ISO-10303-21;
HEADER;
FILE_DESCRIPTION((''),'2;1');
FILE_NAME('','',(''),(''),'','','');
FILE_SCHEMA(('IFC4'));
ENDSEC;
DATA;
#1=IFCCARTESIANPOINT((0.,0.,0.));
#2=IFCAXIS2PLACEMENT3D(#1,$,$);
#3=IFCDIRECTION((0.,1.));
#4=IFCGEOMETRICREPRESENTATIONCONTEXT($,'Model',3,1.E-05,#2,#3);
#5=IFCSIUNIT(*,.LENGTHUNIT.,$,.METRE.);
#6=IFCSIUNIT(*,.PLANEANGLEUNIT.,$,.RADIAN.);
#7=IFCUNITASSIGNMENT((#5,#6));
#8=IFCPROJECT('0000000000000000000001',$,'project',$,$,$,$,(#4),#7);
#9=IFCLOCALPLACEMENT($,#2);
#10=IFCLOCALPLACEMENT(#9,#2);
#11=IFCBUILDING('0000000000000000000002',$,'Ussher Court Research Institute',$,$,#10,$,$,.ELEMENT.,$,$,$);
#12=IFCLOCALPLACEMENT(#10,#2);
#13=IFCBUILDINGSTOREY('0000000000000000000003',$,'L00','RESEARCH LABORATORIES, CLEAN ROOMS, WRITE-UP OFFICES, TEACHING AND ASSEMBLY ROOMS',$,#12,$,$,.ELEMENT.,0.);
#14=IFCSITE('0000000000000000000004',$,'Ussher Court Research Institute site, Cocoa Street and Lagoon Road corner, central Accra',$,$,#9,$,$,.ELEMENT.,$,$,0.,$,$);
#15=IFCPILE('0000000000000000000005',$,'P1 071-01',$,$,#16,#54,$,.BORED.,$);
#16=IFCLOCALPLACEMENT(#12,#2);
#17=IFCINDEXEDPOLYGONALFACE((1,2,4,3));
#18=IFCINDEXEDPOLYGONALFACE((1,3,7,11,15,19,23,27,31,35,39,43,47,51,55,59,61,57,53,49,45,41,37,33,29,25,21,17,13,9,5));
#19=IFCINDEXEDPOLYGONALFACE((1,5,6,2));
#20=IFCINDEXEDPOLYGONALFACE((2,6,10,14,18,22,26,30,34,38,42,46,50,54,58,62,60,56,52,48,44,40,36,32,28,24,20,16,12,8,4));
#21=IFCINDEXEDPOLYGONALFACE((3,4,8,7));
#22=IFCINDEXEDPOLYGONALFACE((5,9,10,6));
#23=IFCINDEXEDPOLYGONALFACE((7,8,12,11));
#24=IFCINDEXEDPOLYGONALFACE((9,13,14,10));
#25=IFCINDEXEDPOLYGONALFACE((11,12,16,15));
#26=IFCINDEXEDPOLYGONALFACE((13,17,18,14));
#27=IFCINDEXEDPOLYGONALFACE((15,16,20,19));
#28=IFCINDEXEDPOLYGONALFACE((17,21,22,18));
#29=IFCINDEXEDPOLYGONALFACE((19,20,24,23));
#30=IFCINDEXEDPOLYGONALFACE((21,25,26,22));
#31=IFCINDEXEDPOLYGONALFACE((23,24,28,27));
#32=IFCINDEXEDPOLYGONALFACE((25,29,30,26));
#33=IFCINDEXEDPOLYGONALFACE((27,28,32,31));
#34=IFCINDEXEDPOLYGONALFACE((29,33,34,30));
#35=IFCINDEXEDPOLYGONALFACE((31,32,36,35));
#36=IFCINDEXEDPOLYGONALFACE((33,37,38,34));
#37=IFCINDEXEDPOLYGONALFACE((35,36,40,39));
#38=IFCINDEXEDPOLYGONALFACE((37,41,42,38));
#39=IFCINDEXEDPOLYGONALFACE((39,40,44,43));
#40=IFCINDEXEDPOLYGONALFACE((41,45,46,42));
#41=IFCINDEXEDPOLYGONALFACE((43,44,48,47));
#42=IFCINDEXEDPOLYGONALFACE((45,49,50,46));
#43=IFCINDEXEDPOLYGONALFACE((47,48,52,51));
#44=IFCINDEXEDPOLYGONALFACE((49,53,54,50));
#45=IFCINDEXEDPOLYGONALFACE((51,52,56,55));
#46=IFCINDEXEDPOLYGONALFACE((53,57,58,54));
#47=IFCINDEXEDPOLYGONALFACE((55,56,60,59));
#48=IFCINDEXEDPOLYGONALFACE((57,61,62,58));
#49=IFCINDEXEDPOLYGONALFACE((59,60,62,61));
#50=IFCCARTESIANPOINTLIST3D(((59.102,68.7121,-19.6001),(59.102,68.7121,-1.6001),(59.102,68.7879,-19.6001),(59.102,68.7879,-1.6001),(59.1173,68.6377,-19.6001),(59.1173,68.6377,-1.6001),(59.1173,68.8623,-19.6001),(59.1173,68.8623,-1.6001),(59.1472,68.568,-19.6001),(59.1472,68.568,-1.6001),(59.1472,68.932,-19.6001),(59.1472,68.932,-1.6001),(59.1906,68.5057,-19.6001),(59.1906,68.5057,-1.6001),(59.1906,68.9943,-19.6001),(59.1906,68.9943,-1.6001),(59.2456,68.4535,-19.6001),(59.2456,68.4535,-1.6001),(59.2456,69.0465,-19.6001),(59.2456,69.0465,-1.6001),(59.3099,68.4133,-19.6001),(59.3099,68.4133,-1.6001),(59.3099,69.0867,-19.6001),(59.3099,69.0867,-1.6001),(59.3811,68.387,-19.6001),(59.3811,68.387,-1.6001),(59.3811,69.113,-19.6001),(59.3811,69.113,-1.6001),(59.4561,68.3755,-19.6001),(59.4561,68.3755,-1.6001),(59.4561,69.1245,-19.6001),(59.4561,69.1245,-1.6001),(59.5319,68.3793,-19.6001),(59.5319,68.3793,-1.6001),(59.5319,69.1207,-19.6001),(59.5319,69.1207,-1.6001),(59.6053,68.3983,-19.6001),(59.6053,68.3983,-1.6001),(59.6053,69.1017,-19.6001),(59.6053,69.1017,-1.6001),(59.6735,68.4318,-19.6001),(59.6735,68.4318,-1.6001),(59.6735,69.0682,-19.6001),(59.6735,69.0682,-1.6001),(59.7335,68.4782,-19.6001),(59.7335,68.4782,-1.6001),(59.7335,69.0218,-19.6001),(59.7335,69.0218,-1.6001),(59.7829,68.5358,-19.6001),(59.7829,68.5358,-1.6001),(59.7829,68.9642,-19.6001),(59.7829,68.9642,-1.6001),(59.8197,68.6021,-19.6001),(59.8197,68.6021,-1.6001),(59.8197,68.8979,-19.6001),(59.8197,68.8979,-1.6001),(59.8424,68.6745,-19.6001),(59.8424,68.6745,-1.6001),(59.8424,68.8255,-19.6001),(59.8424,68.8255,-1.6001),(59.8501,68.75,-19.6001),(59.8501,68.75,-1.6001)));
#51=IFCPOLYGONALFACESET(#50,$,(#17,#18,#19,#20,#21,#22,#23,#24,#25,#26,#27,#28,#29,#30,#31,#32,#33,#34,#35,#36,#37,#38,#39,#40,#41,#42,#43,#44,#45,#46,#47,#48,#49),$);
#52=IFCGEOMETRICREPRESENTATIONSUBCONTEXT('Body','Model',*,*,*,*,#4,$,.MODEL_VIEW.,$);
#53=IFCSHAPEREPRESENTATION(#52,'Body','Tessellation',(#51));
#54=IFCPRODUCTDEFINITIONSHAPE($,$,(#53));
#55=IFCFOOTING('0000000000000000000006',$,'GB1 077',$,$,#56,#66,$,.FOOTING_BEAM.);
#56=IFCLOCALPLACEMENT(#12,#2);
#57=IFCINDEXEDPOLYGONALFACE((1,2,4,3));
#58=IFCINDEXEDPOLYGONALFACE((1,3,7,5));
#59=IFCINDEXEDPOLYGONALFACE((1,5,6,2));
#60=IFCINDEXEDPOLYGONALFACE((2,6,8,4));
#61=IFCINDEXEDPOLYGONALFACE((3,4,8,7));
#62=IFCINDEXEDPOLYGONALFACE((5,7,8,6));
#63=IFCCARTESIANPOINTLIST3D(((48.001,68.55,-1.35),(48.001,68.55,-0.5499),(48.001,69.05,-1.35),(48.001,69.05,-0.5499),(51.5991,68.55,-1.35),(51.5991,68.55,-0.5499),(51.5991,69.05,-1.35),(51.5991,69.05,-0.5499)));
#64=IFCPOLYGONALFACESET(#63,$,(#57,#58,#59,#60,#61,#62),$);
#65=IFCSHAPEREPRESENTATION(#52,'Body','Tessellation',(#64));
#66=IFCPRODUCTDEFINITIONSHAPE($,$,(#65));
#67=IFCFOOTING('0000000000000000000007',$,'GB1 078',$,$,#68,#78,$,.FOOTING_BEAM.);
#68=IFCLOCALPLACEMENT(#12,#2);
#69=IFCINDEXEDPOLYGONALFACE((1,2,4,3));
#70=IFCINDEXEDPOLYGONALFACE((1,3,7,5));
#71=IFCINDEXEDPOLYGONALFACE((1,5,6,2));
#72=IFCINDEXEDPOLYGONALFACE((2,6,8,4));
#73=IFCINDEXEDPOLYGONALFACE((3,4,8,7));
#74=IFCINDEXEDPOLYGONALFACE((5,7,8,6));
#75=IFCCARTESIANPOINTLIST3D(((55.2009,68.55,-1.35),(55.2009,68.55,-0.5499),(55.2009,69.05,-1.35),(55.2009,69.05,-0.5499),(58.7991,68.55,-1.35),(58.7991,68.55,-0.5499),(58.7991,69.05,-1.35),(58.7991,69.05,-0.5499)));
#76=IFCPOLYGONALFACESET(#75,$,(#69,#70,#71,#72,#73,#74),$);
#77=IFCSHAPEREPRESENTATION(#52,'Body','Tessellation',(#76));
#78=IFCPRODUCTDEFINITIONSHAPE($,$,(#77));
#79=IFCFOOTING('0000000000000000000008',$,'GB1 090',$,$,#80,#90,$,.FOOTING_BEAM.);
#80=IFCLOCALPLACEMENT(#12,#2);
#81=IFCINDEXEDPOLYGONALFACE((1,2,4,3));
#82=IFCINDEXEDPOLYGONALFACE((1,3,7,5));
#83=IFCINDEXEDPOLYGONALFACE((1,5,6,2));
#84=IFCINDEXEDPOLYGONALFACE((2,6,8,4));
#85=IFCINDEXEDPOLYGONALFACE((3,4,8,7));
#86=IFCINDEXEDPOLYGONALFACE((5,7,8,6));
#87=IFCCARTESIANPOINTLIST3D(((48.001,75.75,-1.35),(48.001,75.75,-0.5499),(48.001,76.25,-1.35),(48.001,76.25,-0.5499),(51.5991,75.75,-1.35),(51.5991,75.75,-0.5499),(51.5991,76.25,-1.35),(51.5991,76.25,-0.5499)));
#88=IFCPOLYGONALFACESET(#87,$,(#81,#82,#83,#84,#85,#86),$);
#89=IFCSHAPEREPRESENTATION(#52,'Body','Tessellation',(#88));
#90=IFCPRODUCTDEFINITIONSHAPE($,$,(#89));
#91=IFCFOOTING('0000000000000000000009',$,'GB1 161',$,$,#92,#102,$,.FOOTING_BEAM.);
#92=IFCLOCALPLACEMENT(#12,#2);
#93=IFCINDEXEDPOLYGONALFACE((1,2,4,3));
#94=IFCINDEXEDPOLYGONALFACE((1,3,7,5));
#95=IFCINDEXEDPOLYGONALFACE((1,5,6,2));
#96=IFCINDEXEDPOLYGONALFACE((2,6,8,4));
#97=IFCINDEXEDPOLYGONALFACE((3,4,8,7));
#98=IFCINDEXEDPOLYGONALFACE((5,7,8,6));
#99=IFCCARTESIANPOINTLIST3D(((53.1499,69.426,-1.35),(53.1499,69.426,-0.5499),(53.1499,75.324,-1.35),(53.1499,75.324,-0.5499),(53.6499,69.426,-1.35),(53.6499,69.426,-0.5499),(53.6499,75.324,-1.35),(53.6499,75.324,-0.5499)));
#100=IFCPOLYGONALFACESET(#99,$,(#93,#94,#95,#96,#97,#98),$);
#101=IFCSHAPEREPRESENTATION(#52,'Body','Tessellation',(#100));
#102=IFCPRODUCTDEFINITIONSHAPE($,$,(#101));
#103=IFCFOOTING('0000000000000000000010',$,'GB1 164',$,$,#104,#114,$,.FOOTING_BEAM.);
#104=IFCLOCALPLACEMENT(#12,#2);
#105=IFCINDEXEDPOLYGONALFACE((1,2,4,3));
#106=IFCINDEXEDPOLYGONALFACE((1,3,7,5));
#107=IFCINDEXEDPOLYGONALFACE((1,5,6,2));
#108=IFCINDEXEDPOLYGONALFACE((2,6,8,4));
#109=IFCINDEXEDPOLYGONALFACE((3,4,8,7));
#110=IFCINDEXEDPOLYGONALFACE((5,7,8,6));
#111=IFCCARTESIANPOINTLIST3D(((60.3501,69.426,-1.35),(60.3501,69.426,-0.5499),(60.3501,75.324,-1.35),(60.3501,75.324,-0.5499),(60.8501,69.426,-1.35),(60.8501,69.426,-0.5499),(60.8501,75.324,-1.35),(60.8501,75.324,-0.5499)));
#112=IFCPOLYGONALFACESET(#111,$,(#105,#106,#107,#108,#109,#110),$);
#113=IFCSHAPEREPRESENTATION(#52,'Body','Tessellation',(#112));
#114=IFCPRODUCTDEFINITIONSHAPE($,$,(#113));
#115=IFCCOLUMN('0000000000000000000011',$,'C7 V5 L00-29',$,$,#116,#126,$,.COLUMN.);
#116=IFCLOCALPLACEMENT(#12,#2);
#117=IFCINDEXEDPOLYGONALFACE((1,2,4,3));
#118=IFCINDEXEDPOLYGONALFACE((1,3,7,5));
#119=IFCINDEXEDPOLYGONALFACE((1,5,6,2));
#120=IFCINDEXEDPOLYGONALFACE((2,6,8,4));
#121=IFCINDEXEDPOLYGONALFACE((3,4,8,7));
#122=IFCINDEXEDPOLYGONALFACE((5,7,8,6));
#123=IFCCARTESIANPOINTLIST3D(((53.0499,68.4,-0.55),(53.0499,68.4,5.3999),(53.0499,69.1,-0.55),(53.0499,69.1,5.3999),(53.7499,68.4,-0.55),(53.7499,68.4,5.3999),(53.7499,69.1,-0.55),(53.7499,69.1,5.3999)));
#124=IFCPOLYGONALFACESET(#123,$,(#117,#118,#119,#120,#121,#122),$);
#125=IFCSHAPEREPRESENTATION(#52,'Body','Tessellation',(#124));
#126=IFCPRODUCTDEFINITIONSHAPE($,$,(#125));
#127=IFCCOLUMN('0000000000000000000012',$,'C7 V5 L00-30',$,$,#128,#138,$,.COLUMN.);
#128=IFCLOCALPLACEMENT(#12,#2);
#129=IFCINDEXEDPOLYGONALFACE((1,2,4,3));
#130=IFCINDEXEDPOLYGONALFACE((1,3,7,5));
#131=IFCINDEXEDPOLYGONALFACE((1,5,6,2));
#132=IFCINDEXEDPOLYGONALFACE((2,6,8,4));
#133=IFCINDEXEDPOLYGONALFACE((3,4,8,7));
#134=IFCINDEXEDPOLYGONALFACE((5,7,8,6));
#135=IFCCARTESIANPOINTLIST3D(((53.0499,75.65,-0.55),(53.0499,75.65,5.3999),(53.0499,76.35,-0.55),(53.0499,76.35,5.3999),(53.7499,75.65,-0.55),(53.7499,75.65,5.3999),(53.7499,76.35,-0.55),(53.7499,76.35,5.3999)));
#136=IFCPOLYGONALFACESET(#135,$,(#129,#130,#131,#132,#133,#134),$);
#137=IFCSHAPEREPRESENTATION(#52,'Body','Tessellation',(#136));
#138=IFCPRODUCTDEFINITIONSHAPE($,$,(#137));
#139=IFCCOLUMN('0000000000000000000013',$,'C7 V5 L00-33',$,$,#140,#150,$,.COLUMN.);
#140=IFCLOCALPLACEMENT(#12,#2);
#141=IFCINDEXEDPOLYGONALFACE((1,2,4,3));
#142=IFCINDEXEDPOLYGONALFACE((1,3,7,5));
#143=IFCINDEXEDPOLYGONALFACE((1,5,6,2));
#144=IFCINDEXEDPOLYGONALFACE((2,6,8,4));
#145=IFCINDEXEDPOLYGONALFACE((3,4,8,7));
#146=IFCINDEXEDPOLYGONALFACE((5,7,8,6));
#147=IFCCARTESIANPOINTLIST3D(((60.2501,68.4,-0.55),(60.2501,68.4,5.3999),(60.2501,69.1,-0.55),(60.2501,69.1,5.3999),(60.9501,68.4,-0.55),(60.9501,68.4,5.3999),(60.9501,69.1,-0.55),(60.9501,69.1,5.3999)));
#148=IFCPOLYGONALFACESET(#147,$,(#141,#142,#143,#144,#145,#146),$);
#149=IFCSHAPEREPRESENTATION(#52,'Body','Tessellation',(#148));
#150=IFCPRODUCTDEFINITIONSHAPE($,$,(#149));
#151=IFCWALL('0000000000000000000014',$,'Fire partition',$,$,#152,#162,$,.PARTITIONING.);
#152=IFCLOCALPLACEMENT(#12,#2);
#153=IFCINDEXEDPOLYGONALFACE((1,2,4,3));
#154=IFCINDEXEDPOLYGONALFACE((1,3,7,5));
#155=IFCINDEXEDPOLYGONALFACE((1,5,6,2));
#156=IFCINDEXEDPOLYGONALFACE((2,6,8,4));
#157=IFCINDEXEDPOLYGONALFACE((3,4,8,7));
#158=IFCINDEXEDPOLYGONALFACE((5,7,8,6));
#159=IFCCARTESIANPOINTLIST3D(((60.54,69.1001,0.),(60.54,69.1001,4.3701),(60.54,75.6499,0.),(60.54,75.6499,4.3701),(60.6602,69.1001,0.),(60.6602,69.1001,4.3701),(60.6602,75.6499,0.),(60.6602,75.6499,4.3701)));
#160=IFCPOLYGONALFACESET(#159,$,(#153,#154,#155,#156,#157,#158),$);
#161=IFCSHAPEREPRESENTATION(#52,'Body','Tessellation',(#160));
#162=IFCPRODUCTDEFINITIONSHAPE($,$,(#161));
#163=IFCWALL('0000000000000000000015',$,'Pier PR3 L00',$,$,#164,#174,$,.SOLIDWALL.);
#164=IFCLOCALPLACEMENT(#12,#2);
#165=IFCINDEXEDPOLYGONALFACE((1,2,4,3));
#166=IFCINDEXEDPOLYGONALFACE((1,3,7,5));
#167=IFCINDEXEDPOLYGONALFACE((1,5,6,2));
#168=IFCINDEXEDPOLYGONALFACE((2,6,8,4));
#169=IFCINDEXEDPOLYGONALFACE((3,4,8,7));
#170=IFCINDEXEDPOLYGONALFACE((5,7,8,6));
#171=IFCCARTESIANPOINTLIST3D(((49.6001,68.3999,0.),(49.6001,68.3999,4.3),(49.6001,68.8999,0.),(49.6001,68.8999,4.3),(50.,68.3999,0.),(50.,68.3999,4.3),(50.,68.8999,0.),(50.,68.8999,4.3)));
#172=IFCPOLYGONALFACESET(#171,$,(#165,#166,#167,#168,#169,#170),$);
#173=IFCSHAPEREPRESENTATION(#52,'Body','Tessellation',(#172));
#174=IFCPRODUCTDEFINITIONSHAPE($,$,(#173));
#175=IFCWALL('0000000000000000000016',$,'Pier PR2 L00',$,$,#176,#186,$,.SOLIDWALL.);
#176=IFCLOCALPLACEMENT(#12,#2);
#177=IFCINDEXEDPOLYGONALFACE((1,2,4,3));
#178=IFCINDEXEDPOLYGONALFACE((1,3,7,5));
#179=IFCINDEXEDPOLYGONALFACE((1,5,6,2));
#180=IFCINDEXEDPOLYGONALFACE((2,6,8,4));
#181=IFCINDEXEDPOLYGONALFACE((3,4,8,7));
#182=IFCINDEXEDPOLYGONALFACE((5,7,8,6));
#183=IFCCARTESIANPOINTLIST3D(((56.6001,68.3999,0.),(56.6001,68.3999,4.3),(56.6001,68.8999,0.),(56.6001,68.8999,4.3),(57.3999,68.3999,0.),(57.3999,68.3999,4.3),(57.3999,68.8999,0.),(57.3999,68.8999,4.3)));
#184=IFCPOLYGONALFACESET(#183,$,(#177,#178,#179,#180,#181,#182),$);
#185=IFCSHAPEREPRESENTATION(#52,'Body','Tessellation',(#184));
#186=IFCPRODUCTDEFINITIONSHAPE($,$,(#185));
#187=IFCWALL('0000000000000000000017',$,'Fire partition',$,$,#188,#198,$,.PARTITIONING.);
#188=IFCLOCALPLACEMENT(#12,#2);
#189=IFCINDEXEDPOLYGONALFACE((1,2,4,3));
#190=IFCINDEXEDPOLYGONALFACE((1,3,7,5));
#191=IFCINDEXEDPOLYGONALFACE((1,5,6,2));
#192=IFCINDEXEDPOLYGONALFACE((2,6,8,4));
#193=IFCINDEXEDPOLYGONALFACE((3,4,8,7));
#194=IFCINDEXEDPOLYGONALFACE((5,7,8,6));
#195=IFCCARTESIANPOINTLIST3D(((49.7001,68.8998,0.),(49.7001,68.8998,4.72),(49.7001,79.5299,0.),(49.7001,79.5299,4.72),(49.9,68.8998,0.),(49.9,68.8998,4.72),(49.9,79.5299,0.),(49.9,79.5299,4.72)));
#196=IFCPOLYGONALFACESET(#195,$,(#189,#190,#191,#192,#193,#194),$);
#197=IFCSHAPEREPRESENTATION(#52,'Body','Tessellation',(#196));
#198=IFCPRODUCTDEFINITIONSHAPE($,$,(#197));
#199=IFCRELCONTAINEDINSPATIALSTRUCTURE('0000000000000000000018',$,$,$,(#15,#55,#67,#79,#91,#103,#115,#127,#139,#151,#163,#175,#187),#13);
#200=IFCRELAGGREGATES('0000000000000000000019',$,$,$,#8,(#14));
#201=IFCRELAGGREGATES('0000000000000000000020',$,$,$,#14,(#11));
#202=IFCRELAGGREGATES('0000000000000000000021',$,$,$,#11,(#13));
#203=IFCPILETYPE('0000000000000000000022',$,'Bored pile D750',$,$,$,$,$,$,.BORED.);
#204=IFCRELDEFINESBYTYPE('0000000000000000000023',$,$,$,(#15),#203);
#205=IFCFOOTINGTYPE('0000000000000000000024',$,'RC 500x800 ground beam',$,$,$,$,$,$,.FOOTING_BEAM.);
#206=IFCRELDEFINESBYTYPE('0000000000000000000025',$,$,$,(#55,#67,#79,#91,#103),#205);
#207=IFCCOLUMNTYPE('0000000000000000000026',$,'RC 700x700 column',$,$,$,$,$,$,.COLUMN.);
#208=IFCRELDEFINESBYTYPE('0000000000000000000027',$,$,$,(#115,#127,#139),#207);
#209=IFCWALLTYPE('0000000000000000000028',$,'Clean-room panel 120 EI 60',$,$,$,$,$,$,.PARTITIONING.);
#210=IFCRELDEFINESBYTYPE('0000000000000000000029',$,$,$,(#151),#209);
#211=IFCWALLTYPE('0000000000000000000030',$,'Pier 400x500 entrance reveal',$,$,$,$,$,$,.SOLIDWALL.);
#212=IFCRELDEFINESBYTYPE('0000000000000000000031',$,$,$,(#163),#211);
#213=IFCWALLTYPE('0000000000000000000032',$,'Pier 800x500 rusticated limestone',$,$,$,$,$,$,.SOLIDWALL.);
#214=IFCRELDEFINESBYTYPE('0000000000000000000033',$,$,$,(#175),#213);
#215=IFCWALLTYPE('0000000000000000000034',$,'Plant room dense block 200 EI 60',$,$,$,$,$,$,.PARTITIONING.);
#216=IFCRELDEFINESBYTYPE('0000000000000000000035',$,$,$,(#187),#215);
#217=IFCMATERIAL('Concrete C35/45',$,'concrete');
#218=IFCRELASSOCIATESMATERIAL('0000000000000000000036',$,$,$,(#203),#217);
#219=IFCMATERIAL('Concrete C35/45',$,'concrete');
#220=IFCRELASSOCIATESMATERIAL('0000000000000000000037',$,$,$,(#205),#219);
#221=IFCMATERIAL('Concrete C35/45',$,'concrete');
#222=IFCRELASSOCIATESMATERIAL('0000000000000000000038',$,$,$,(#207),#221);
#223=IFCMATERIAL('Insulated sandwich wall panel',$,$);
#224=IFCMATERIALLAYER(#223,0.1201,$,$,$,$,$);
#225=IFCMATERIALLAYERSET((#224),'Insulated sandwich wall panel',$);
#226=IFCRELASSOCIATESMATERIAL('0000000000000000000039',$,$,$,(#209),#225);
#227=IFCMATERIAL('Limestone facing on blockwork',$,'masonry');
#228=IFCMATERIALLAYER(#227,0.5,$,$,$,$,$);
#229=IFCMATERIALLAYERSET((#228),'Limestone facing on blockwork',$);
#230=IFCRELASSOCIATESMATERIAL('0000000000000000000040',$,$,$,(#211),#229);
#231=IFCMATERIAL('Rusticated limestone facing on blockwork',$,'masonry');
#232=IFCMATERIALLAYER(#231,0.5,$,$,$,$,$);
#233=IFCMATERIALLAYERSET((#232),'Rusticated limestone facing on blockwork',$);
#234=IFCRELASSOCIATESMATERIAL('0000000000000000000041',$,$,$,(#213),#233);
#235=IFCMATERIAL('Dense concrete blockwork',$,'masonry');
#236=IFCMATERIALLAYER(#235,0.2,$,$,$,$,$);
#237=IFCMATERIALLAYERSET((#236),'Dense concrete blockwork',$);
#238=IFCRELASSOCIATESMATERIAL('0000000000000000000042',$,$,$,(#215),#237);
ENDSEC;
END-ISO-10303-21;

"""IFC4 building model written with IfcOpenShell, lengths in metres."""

from ifc_helpers import new_model, si_unit, direction, frame, frame_2d, origin, origin_2d, place, context, subcontext, project, spatial, rectangle, circle, extrude, material, layer, layer_set, material_profile, profile_set, type_object, element, save


model = new_model("IFC4")

# Units and contexts
model_context = context("Model", 3, precision=1e-05, world=origin(), true_north=direction((0.0, 1.0)))
body_context = subcontext(model_context, "Body", "Model", "MODEL_VIEW")
ifc_project = project(units=[si_unit("LENGTHUNIT", "METRE"), si_unit("PLANEANGLEUNIT", "RADIAN")], contexts=[model_context])

# Site, building, storey
site_placement = place(None, origin())
site = spatial("IfcSite", under=ifc_project, at=site_placement, Name="Ussher Court Research Institute site, Cocoa Street and Lagoon Road corner, central Accra", CompositionType="ELEMENT", RefElevation=0.0)
building_placement = place(site_placement, origin())
building = spatial("IfcBuilding", under=site, at=building_placement, Name="Ussher Court Research Institute", CompositionType="ELEMENT")
storey_placement = place(building_placement, origin())
storey = spatial("IfcBuildingStorey", under=building, at=storey_placement, Name="L00", Description="RESEARCH LABORATORIES, CLEAN ROOMS, WRITE-UP OFFICES, TEACHING AND ASSEMBLY ROOMS", CompositionType="ELEMENT", Elevation=0.0)

# Pile
ifc_material_1 = material(Name="Concrete C35/45", Category="concrete")
ifc_material_profile_1 = material_profile(ifc_material_1, circle(Radius=0.375, at=origin_2d()), Name="RC D750")
ifc_profile_set_1 = profile_set([ifc_material_profile_1], Name="Concrete C35/45")
pile_type = type_object("IfcPileType", Name="Bored pile D750", PredefinedType="BORED", material=ifc_profile_set_1)
for number, where, z_axis, x_axis, name in (
    (1, (59.4751, 68.75, -1.6001), (0.0, 0.0, -1.0), (1.0, 0.0, 0.0), "P1 071-01"),
):
    element("IfcPile", number, at=place(storey_placement, frame(where, z_axis=z_axis, x_axis=x_axis)), inside=storey, type_object=pile_type, Name=name, PredefinedType="BORED", context=body_context, shape_type="SweptSolid", body=[
        extrude(circle(Radius=0.375, at=origin_2d()), origin(), (0.0, 0.0, 1.0), 18.0),
    ])

# Footings
ifc_material_2 = material(Name="Concrete C35/45", Category="concrete")
ifc_material_profile_2 = material_profile(ifc_material_2, rectangle(XDim=0.5, YDim=0.8, at=origin_2d()), Name="RC 500x800")
ifc_profile_set_2 = profile_set([ifc_material_profile_2], Name="Concrete C35/45")
footing_type = type_object("IfcFootingType", Name="RC 500x800 ground beam", PredefinedType="FOOTING_BEAM", material=ifc_profile_set_2)
for number, where, z_axis, x_axis, name in (
    (2, (48.001, 68.8, -0.95), (1.0, 0.0, 0.0), (0.0, 1.0, 0.0), "GB1 077"),
    (3, (55.2009, 68.8, -0.95), (1.0, 0.0, 0.0), (0.0, 1.0, 0.0), "GB1 078"),
    (4, (48.001, 76.0, -0.95), (1.0, 0.0, 0.0), (0.0, 1.0, 0.0), "GB1 090"),
):
    element("IfcFooting", number, at=place(storey_placement, frame(where, z_axis=z_axis, x_axis=x_axis)), inside=storey, type_object=footing_type, Name=name, PredefinedType="FOOTING_BEAM", context=body_context, shape_type="SweptSolid", body=[
        extrude(rectangle(XDim=0.5, YDim=0.8, at=origin_2d()), origin(), (0.0, 0.0, 1.0), 3.5981),
    ])
for number, where, z_axis, x_axis, name in (
    (5, (53.3999, 69.426, -0.95), (0.0, 1.0, 0.0), (-1.0, 0.0, 0.0), "GB1 161"),
    (6, (60.6001, 69.426, -0.95), (0.0, 1.0, 0.0), (-1.0, 0.0, 0.0), "GB1 164"),
):
    element("IfcFooting", number, at=place(storey_placement, frame(where, z_axis=z_axis, x_axis=x_axis)), inside=storey, type_object=footing_type, Name=name, PredefinedType="FOOTING_BEAM", context=body_context, shape_type="SweptSolid", body=[
        extrude(rectangle(XDim=0.5, YDim=0.8, at=origin_2d()), origin(), (0.0, 0.0, 1.0), 5.8979),
    ])

# Columns
ifc_material_3 = material(Name="Concrete C35/45", Category="concrete")
ifc_material_profile_3 = material_profile(ifc_material_3, rectangle(XDim=0.7, YDim=0.7, at=origin_2d()), Name="RC 700x700")
ifc_profile_set_3 = profile_set([ifc_material_profile_3], Name="Concrete C35/45")
column_type = type_object("IfcColumnType", Name="RC 700x700 column", PredefinedType="COLUMN", material=ifc_profile_set_3)
for number, where, z_axis, x_axis, name in (
    (7, (53.3999, 68.75, -0.55), (0.0, 0.0, 1.0), (1.0, 0.0, 0.0), "C7 V5 L00-29"),
    (8, (53.3999, 76.0, -0.55), (0.0, 0.0, 1.0), (1.0, 0.0, 0.0), "C7 V5 L00-30"),
    (9, (60.6001, 68.75, -0.55), (0.0, 0.0, 1.0), (1.0, 0.0, 0.0), "C7 V5 L00-33"),
):
    element("IfcColumn", number, at=place(storey_placement, frame(where, z_axis=z_axis, x_axis=x_axis)), inside=storey, type_object=column_type, Name=name, PredefinedType="COLUMN", context=body_context, shape_type="SweptSolid", body=[
        extrude(rectangle(XDim=0.7, YDim=0.7, at=origin_2d()), origin(), (0.0, 0.0, 1.0), 5.95),
    ])

# Walls
ifc_material_4 = material(Name="Insulated sandwich wall panel")
ifc_layer_1 = layer(ifc_material_4, 0.1201)
ifc_layer_set_1 = layer_set([ifc_layer_1], Name="Insulated sandwich wall panel")
wall_type_1 = type_object("IfcWallType", Name="Clean-room panel 120 EI 60", PredefinedType="PARTITIONING", material=ifc_layer_set_1)
wall_1_placement = place(storey_placement, frame((60.6001, 69.1001, 0.0), z_axis=(0.0, 0.0, 1.0), x_axis=(0.0, 1.0, 0.0)))
element("IfcWall", 10, at=wall_1_placement, inside=storey, type_object=wall_type_1, Name="Fire partition", PredefinedType="PARTITIONING", context=body_context, shape_type="SweptSolid", body=[
    extrude(rectangle(XDim=6.5498, YDim=0.1201, at=frame_2d((3.2749, 0.0))), origin(), (0.0, 0.0, 1.0), 4.3701),
])
ifc_material_5 = material(Name="Limestone facing on blockwork", Category="masonry")
ifc_layer_2 = layer(ifc_material_5, 0.5)
ifc_layer_set_2 = layer_set([ifc_layer_2], Name="Limestone facing on blockwork")
wall_type_2 = type_object("IfcWallType", Name="Pier 400x500 entrance reveal", PredefinedType="SOLIDWALL", material=ifc_layer_set_2)
wall_2_placement = place(storey_placement, frame((50.0, 68.6499, 0.0), z_axis=(0.0, 0.0, 1.0), x_axis=(-1.0, 0.0, 0.0)))
element("IfcWall", 11, at=wall_2_placement, inside=storey, type_object=wall_type_2, Name="Pier PR3 L00", PredefinedType="SOLIDWALL", context=body_context, shape_type="SweptSolid", body=[
    extrude(rectangle(XDim=0.3999, YDim=0.5, at=frame_2d((0.2, 0.0))), origin(), (0.0, 0.0, 1.0), 4.3),
])
ifc_material_6 = material(Name="Rusticated limestone facing on blockwork", Category="masonry")
ifc_layer_3 = layer(ifc_material_6, 0.5)
ifc_layer_set_3 = layer_set([ifc_layer_3], Name="Rusticated limestone facing on blockwork")
wall_type_3 = type_object("IfcWallType", Name="Pier 800x500 rusticated limestone", PredefinedType="SOLIDWALL", material=ifc_layer_set_3)
wall_3_placement = place(storey_placement, frame((57.3999, 68.6499, 0.0), z_axis=(0.0, 0.0, 1.0), x_axis=(-1.0, 0.0, 0.0)))
element("IfcWall", 12, at=wall_3_placement, inside=storey, type_object=wall_type_3, Name="Pier PR2 L00", PredefinedType="SOLIDWALL", context=body_context, shape_type="SweptSolid", body=[
    extrude(rectangle(XDim=0.7998, YDim=0.5, at=frame_2d((0.3999, 0.0))), origin(), (0.0, 0.0, 1.0), 4.3),
])
ifc_material_7 = material(Name="Dense concrete blockwork", Category="masonry")
ifc_layer_4 = layer(ifc_material_7, 0.2)
ifc_layer_set_4 = layer_set([ifc_layer_4], Name="Dense concrete blockwork")
wall_type_4 = type_object("IfcWallType", Name="Plant room dense block 200 EI 60", PredefinedType="PARTITIONING", material=ifc_layer_set_4)
wall_4_placement = place(storey_placement, frame((49.8, 68.8999, 0.0), z_axis=(0.0, 0.0, 1.0), x_axis=(0.0, 1.0, 0.0)))
element("IfcWall", 13, at=wall_4_placement, inside=storey, type_object=wall_type_4, Name="Fire partition", PredefinedType="PARTITIONING", context=body_context, shape_type="SweptSolid", body=[
    extrude(rectangle(XDim=10.6301, YDim=0.2, at=frame_2d((5.3149, 0.0))), origin(), (0.0, 0.0, 1.0), 4.72),
])

save(model, "model.ifc")
